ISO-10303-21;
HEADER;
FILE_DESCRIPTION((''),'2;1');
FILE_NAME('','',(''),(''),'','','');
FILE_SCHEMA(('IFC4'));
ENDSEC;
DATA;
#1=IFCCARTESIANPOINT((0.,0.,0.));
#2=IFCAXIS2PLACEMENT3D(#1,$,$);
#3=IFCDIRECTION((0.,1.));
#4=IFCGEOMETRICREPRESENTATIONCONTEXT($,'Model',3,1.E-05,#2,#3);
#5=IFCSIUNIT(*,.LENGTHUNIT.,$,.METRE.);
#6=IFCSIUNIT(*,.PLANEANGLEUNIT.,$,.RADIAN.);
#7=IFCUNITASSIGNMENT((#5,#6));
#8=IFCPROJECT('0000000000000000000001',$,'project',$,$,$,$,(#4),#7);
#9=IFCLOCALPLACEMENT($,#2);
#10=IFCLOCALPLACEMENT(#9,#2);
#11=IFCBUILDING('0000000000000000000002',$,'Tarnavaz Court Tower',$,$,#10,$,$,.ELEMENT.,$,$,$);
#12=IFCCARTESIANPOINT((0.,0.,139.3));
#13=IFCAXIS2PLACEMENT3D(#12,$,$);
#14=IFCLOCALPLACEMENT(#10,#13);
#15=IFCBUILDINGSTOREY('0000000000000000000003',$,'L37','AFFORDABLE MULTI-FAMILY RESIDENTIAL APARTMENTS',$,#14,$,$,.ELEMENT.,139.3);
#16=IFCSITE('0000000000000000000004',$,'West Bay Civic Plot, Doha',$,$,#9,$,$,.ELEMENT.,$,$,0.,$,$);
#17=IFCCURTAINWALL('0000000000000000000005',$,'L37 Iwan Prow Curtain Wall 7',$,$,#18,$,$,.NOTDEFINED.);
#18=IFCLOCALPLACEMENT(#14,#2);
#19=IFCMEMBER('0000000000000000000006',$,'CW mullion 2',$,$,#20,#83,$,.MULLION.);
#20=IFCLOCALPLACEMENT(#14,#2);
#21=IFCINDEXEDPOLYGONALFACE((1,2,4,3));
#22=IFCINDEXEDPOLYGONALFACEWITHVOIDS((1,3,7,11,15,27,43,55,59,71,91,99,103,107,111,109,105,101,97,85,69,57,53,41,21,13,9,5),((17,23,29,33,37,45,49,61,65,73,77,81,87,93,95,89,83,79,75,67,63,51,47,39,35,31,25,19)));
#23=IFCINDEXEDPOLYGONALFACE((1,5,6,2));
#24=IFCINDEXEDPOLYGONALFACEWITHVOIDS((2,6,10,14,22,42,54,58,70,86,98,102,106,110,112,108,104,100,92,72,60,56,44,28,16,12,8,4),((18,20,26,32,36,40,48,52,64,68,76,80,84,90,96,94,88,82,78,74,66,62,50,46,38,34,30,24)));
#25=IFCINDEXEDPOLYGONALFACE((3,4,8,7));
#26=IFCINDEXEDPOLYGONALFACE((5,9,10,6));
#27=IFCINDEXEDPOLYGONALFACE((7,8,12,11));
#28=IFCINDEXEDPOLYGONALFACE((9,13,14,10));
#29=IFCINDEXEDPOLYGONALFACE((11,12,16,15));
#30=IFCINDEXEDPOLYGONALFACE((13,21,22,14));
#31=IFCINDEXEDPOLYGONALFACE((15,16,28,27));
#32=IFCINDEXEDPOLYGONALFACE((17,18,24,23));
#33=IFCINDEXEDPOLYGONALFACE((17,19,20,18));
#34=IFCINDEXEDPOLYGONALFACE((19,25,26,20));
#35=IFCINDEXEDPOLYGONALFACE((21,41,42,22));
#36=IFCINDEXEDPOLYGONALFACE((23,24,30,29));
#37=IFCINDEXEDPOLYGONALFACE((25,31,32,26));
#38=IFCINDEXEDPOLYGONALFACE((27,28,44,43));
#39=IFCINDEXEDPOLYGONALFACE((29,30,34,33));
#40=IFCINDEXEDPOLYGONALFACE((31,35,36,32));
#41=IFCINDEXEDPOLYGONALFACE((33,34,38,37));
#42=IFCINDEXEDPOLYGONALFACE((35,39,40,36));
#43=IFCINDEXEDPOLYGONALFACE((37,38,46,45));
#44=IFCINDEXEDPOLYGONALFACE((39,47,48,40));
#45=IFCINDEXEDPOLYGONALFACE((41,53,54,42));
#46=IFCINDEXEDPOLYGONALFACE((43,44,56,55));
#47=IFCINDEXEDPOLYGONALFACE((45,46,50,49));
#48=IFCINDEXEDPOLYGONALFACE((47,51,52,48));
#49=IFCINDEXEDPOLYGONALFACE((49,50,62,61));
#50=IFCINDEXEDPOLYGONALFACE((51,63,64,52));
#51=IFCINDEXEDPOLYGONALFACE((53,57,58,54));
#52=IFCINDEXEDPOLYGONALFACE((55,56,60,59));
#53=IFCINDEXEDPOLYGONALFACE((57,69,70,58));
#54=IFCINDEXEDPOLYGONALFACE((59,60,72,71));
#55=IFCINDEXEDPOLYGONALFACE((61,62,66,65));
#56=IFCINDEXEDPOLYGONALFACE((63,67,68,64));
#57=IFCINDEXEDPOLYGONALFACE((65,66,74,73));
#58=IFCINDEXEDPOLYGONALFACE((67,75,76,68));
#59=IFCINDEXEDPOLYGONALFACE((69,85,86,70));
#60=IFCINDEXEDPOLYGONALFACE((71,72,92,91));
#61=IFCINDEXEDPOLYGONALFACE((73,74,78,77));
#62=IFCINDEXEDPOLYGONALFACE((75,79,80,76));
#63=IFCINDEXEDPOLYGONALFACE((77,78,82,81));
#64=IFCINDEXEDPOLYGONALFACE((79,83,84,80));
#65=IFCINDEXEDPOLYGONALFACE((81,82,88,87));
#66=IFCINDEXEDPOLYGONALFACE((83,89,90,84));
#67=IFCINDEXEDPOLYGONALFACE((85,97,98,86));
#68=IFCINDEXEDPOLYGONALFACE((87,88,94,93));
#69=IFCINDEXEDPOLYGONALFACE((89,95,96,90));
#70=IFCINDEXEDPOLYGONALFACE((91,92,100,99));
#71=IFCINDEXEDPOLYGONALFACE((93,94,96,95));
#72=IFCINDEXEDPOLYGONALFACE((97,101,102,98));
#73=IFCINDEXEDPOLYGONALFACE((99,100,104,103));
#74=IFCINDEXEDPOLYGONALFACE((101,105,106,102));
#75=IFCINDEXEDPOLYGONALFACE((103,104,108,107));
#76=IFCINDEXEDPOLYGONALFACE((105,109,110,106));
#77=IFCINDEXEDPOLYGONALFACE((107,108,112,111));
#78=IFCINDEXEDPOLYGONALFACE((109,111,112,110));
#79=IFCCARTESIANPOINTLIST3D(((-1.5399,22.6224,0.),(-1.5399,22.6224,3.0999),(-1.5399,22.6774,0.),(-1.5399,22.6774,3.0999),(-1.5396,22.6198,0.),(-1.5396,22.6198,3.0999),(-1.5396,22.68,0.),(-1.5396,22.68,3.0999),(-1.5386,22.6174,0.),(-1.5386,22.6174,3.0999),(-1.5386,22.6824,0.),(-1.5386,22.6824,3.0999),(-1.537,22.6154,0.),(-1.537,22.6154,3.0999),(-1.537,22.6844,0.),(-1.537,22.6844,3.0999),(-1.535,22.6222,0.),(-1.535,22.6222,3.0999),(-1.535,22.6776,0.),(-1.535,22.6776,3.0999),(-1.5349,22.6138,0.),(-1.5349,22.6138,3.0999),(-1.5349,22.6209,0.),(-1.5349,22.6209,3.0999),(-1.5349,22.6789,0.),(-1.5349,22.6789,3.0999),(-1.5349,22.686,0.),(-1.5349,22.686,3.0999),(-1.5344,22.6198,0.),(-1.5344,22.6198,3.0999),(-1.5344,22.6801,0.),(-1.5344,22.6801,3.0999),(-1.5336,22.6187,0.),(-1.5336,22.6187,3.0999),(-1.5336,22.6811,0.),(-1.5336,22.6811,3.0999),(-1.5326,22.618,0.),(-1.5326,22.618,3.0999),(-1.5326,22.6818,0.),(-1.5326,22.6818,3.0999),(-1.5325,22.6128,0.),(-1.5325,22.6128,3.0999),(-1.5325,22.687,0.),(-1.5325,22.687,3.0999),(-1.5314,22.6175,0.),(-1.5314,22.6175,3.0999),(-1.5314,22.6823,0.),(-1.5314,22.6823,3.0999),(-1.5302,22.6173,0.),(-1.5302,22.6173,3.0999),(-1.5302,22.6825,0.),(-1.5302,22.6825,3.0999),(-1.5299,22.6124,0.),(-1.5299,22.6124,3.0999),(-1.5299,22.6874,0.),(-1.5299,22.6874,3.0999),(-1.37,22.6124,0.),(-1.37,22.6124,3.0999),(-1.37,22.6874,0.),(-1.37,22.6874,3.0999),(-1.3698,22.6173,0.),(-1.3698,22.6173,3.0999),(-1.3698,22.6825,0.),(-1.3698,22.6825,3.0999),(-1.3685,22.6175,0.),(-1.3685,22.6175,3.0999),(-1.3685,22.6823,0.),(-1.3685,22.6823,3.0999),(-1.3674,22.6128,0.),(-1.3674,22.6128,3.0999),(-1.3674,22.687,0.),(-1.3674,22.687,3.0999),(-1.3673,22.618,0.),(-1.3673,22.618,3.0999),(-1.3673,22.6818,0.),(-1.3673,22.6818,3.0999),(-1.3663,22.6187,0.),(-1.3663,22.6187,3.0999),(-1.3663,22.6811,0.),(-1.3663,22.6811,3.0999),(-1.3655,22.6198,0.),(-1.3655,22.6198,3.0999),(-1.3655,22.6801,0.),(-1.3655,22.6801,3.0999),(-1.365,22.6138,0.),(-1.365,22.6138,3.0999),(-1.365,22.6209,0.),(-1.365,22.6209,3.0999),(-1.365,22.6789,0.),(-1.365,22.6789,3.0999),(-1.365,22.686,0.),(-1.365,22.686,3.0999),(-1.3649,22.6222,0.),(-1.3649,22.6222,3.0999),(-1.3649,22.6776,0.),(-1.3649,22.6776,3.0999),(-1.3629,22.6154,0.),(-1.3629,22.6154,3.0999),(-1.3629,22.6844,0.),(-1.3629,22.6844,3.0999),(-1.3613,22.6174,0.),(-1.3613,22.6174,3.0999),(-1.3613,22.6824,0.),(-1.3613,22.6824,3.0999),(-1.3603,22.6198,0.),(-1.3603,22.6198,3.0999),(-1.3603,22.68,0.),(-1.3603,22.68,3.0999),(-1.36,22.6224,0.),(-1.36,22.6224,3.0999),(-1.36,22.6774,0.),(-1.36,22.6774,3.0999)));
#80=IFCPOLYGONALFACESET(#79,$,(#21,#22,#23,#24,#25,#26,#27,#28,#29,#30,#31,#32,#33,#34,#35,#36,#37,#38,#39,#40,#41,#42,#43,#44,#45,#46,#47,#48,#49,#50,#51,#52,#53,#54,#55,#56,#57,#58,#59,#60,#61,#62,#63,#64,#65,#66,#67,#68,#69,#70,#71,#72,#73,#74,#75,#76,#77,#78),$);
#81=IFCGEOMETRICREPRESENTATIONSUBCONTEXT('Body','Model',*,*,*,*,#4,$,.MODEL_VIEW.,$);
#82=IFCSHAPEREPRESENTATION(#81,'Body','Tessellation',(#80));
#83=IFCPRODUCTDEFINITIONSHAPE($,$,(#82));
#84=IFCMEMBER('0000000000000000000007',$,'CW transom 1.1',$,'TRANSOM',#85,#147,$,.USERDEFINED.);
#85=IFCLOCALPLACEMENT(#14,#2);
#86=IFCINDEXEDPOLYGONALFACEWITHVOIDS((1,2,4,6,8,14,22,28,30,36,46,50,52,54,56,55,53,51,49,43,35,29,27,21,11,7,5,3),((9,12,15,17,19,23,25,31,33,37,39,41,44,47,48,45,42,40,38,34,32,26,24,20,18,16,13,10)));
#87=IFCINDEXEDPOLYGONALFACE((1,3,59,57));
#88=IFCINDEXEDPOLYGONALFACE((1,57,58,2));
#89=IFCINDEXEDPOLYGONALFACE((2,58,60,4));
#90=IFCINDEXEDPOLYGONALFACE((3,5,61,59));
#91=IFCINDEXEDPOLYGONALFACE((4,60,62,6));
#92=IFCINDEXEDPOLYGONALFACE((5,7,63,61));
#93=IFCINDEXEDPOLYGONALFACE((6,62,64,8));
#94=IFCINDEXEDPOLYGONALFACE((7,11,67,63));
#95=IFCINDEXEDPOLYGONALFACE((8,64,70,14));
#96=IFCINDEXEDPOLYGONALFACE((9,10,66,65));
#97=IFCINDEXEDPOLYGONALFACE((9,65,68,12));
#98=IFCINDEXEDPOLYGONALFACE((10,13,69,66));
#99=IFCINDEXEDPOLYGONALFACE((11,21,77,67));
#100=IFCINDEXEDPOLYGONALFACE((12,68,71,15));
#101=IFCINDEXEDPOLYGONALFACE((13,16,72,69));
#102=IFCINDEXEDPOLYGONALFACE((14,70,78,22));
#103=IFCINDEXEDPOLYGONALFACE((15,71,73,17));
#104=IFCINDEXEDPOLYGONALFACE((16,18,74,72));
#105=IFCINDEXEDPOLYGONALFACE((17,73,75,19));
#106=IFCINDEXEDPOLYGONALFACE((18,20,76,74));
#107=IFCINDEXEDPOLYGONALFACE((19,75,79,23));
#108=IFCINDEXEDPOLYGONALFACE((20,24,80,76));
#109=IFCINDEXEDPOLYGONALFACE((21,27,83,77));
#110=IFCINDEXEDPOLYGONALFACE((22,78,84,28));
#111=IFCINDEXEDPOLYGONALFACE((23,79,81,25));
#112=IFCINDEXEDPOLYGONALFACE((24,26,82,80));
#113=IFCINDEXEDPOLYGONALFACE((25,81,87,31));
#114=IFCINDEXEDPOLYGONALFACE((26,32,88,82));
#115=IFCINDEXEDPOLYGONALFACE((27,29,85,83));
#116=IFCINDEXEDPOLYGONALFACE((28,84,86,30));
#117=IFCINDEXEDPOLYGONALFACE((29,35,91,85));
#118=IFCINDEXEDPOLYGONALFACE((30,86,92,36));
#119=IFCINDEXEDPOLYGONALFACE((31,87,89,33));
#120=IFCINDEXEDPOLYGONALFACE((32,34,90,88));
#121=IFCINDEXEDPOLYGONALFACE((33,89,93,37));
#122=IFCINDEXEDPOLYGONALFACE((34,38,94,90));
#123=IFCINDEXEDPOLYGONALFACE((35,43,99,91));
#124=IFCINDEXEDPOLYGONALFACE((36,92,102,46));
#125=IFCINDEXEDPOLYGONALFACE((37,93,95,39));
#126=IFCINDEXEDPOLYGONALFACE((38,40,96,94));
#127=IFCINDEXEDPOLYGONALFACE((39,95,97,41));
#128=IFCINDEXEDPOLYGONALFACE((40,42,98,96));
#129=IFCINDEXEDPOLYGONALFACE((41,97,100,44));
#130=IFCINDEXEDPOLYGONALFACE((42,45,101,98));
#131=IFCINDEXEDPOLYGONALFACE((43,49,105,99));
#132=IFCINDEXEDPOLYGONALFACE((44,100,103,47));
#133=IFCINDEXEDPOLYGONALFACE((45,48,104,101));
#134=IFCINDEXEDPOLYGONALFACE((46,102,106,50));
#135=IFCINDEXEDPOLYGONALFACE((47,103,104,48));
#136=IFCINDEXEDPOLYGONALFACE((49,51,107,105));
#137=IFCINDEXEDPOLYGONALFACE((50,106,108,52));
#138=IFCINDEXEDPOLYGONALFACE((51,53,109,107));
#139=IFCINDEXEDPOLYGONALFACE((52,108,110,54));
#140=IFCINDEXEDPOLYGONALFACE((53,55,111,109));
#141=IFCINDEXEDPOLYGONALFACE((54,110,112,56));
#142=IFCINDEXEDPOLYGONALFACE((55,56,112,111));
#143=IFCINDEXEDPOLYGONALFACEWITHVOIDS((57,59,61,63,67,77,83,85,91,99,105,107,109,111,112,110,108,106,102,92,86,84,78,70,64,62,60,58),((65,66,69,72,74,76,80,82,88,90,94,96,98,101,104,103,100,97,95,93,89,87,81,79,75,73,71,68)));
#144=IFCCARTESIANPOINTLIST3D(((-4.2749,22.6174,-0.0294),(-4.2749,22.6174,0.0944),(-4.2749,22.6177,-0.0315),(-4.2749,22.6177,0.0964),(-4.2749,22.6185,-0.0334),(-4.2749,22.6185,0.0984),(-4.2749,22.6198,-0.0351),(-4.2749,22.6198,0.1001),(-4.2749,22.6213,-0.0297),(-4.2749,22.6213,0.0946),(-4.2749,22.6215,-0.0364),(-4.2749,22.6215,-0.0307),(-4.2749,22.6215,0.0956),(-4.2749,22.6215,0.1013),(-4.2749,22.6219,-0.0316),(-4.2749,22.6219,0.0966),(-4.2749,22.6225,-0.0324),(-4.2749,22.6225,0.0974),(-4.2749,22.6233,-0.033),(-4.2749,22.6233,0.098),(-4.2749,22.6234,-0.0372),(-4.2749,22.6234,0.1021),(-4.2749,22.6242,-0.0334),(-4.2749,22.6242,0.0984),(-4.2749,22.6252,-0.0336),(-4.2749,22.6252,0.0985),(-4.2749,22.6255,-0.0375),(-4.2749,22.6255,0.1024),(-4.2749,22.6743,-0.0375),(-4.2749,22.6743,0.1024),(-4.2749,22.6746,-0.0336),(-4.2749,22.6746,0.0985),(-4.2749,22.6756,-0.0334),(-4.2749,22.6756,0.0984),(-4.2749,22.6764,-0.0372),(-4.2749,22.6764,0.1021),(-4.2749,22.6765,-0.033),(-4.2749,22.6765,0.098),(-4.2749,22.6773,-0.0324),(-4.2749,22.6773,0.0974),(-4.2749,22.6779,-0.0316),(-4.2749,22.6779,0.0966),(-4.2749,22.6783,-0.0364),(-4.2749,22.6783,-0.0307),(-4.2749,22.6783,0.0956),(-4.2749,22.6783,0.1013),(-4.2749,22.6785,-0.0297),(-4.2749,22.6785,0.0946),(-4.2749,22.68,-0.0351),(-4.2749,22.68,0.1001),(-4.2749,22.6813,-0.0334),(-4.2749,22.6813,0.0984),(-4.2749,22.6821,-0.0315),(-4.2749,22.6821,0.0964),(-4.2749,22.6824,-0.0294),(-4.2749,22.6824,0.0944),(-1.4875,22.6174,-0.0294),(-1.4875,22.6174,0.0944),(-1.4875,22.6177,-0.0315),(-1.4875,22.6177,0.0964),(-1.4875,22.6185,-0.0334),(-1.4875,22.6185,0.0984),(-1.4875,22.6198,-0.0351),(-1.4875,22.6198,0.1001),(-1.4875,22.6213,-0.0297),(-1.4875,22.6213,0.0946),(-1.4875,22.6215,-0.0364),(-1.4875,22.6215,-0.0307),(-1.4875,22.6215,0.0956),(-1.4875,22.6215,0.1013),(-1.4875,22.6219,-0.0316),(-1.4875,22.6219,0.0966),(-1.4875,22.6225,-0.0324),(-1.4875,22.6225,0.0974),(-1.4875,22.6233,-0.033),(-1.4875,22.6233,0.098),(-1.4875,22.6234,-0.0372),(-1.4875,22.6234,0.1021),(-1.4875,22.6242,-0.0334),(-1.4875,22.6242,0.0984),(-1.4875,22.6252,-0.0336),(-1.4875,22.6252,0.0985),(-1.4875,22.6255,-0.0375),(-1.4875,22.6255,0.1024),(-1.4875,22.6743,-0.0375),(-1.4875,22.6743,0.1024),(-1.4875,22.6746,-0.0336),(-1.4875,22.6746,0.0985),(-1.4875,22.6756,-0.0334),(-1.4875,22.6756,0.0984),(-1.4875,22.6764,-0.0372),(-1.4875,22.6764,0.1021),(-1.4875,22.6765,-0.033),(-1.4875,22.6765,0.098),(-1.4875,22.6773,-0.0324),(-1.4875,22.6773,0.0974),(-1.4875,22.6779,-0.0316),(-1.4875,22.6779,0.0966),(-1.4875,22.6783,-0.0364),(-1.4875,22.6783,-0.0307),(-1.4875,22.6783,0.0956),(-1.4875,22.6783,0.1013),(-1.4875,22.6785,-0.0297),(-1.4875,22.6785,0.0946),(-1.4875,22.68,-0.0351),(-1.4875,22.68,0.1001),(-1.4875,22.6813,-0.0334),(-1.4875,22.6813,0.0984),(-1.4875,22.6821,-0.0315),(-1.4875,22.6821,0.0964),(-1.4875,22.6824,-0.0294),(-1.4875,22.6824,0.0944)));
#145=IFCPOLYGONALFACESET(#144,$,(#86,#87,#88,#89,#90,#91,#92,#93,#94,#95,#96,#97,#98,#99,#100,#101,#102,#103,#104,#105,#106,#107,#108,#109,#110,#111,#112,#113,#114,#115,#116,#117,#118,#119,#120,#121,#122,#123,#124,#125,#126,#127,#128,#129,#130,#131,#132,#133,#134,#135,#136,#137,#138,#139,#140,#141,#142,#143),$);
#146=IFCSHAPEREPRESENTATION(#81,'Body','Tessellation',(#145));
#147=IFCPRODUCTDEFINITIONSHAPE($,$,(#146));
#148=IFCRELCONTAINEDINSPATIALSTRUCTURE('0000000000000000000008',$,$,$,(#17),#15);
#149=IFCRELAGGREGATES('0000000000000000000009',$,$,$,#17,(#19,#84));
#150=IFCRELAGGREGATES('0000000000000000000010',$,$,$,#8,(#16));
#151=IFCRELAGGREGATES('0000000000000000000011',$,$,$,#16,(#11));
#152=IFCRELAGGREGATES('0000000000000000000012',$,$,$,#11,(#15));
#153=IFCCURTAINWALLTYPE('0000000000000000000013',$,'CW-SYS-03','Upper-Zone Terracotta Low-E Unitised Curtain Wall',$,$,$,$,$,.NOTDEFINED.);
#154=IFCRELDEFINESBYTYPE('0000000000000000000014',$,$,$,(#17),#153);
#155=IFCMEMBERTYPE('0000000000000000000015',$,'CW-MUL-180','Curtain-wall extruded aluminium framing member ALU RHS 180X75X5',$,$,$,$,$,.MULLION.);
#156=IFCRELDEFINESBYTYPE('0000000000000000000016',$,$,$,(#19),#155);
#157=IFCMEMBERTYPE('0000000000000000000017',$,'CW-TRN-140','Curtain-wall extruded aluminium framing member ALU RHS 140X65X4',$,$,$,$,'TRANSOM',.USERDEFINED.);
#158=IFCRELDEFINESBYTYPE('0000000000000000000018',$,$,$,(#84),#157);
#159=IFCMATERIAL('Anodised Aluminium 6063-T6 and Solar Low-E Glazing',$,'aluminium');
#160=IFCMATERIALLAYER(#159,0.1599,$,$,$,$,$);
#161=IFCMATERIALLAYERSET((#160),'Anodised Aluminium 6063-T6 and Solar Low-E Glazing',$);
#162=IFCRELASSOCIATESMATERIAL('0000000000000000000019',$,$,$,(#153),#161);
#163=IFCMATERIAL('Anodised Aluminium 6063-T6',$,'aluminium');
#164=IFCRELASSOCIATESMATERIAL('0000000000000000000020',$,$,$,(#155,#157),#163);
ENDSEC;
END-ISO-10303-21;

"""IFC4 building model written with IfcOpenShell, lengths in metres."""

from ifc_helpers import new_model, si_unit, direction, frame, origin, origin_2d, place, context, subcontext, project, spatial, hollow_rectangle, extrude, material, layer, layer_set, material_profile, profile_set, type_object, element, aggregate, save


model = new_model("IFC4")

# Units and contexts
model_context = context("Model", 3, precision=1e-05, world=origin(), true_north=direction((0.0, 1.0)))
body_context = subcontext(model_context, "Body", "Model", "MODEL_VIEW")
ifc_project = project(units=[si_unit("LENGTHUNIT", "METRE"), si_unit("PLANEANGLEUNIT", "RADIAN")], contexts=[model_context])

# Site, building, storey
site_placement = place(None, origin())
site = spatial("IfcSite", under=ifc_project, at=site_placement, Name="West Bay Civic Plot, Doha", CompositionType="ELEMENT", RefElevation=0.0)
building_placement = place(site_placement, origin())
building = spatial("IfcBuilding", under=site, at=building_placement, Name="Tarnavaz Court Tower", CompositionType="ELEMENT")
storey_placement = place(building_placement, frame((0.0, 0.0, 139.3)))
storey = spatial("IfcBuildingStorey", under=building, at=storey_placement, Name="L37", Description="AFFORDABLE MULTI-FAMILY RESIDENTIAL APARTMENTS", CompositionType="ELEMENT", Elevation=139.3)

# Curtain wall, members
ifc_material_1 = material(Name="Anodised Aluminium 6063-T6 and Solar Low-E Glazing", Category="aluminium")
ifc_layer_1 = layer(ifc_material_1, 0.1599)
ifc_layer_set_1 = layer_set([ifc_layer_1], Name="Anodised Aluminium 6063-T6 and Solar Low-E Glazing")
curtain_wall_type = type_object("IfcCurtainWallType", Name="CW-SYS-03", Description="Upper-Zone Terracotta Low-E Unitised Curtain Wall", PredefinedType="NOTDEFINED", material=ifc_layer_set_1)
curtain_wall_placement = place(storey_placement, origin())
curtain_wall = element("IfcCurtainWall", 1, at=curtain_wall_placement, inside=storey, type_object=curtain_wall_type, Name="L37 Iwan Prow Curtain Wall 7", PredefinedType="NOTDEFINED")
ifc_material_2 = material(Name="Anodised Aluminium 6063-T6", Category="aluminium")
ifc_material_profile_1 = material_profile(ifc_material_2, hollow_rectangle(XDim=0.075, YDim=0.1799, WallThickness=0.0049, InnerFilletRadius=0.0049, OuterFilletRadius=0.01, at=origin_2d()), Name="ALU RHS 180X75X5")
ifc_profile_set_1 = profile_set([ifc_material_profile_1], Name="Anodised Aluminium 6063-T6")
member_type_1 = type_object("IfcMemberType", Name="CW-MUL-180", Description="Curtain-wall extruded aluminium framing member ALU RHS 180X75X5", PredefinedType="MULLION", material=ifc_profile_set_1)
member_1_placement = place(storey_placement, frame((-1.45, 22.6499, 0.0), z_axis=(0.0, 0.0, 1.0), x_axis=(0.0, 1.0, 0.0)))
member_1 = element("IfcMember", 2, at=member_1_placement, type_object=member_type_1, Name="CW mullion 2", PredefinedType="MULLION", context=body_context, shape_type="SweptSolid", body=[
    extrude(hollow_rectangle(XDim=0.075, YDim=0.1799, WallThickness=0.0049, InnerFilletRadius=0.0049, OuterFilletRadius=0.01, at=origin_2d()), origin(), (0.0, 0.0, 1.0), 3.0999),
])
ifc_material_profile_2 = material_profile(ifc_material_2, hollow_rectangle(XDim=0.0649, YDim=0.1399, WallThickness=0.0039, InnerFilletRadius=0.0039, OuterFilletRadius=0.0081, at=origin_2d()), Name="ALU RHS 140X65X4")
ifc_profile_set_2 = profile_set([ifc_material_profile_2], Name="Anodised Aluminium 6063-T6")
member_type_2 = type_object("IfcMemberType", Name="CW-TRN-140", Description="Curtain-wall extruded aluminium framing member ALU RHS 140X65X4", ElementType="TRANSOM", PredefinedType="USERDEFINED", material=ifc_profile_set_2)
member_2_placement = place(storey_placement, frame((-4.2749, 22.6499, 0.0325), z_axis=(1.0, 0.0, 0.0), x_axis=(0.0, 1.0, 0.0)))
member_2 = element("IfcMember", 3, at=member_2_placement, type_object=member_type_2, Name="CW transom 1.1", ObjectType="TRANSOM", PredefinedType="USERDEFINED", context=body_context, shape_type="SweptSolid", body=[
    extrude(hollow_rectangle(XDim=0.0649, YDim=0.1399, WallThickness=0.0039, InnerFilletRadius=0.0039, OuterFilletRadius=0.0081, at=origin_2d()), origin(), (0.0, 0.0, 1.0), 2.7874),
])
aggregate(curtain_wall, [member_1, member_2])

save(model, "model.ifc")
